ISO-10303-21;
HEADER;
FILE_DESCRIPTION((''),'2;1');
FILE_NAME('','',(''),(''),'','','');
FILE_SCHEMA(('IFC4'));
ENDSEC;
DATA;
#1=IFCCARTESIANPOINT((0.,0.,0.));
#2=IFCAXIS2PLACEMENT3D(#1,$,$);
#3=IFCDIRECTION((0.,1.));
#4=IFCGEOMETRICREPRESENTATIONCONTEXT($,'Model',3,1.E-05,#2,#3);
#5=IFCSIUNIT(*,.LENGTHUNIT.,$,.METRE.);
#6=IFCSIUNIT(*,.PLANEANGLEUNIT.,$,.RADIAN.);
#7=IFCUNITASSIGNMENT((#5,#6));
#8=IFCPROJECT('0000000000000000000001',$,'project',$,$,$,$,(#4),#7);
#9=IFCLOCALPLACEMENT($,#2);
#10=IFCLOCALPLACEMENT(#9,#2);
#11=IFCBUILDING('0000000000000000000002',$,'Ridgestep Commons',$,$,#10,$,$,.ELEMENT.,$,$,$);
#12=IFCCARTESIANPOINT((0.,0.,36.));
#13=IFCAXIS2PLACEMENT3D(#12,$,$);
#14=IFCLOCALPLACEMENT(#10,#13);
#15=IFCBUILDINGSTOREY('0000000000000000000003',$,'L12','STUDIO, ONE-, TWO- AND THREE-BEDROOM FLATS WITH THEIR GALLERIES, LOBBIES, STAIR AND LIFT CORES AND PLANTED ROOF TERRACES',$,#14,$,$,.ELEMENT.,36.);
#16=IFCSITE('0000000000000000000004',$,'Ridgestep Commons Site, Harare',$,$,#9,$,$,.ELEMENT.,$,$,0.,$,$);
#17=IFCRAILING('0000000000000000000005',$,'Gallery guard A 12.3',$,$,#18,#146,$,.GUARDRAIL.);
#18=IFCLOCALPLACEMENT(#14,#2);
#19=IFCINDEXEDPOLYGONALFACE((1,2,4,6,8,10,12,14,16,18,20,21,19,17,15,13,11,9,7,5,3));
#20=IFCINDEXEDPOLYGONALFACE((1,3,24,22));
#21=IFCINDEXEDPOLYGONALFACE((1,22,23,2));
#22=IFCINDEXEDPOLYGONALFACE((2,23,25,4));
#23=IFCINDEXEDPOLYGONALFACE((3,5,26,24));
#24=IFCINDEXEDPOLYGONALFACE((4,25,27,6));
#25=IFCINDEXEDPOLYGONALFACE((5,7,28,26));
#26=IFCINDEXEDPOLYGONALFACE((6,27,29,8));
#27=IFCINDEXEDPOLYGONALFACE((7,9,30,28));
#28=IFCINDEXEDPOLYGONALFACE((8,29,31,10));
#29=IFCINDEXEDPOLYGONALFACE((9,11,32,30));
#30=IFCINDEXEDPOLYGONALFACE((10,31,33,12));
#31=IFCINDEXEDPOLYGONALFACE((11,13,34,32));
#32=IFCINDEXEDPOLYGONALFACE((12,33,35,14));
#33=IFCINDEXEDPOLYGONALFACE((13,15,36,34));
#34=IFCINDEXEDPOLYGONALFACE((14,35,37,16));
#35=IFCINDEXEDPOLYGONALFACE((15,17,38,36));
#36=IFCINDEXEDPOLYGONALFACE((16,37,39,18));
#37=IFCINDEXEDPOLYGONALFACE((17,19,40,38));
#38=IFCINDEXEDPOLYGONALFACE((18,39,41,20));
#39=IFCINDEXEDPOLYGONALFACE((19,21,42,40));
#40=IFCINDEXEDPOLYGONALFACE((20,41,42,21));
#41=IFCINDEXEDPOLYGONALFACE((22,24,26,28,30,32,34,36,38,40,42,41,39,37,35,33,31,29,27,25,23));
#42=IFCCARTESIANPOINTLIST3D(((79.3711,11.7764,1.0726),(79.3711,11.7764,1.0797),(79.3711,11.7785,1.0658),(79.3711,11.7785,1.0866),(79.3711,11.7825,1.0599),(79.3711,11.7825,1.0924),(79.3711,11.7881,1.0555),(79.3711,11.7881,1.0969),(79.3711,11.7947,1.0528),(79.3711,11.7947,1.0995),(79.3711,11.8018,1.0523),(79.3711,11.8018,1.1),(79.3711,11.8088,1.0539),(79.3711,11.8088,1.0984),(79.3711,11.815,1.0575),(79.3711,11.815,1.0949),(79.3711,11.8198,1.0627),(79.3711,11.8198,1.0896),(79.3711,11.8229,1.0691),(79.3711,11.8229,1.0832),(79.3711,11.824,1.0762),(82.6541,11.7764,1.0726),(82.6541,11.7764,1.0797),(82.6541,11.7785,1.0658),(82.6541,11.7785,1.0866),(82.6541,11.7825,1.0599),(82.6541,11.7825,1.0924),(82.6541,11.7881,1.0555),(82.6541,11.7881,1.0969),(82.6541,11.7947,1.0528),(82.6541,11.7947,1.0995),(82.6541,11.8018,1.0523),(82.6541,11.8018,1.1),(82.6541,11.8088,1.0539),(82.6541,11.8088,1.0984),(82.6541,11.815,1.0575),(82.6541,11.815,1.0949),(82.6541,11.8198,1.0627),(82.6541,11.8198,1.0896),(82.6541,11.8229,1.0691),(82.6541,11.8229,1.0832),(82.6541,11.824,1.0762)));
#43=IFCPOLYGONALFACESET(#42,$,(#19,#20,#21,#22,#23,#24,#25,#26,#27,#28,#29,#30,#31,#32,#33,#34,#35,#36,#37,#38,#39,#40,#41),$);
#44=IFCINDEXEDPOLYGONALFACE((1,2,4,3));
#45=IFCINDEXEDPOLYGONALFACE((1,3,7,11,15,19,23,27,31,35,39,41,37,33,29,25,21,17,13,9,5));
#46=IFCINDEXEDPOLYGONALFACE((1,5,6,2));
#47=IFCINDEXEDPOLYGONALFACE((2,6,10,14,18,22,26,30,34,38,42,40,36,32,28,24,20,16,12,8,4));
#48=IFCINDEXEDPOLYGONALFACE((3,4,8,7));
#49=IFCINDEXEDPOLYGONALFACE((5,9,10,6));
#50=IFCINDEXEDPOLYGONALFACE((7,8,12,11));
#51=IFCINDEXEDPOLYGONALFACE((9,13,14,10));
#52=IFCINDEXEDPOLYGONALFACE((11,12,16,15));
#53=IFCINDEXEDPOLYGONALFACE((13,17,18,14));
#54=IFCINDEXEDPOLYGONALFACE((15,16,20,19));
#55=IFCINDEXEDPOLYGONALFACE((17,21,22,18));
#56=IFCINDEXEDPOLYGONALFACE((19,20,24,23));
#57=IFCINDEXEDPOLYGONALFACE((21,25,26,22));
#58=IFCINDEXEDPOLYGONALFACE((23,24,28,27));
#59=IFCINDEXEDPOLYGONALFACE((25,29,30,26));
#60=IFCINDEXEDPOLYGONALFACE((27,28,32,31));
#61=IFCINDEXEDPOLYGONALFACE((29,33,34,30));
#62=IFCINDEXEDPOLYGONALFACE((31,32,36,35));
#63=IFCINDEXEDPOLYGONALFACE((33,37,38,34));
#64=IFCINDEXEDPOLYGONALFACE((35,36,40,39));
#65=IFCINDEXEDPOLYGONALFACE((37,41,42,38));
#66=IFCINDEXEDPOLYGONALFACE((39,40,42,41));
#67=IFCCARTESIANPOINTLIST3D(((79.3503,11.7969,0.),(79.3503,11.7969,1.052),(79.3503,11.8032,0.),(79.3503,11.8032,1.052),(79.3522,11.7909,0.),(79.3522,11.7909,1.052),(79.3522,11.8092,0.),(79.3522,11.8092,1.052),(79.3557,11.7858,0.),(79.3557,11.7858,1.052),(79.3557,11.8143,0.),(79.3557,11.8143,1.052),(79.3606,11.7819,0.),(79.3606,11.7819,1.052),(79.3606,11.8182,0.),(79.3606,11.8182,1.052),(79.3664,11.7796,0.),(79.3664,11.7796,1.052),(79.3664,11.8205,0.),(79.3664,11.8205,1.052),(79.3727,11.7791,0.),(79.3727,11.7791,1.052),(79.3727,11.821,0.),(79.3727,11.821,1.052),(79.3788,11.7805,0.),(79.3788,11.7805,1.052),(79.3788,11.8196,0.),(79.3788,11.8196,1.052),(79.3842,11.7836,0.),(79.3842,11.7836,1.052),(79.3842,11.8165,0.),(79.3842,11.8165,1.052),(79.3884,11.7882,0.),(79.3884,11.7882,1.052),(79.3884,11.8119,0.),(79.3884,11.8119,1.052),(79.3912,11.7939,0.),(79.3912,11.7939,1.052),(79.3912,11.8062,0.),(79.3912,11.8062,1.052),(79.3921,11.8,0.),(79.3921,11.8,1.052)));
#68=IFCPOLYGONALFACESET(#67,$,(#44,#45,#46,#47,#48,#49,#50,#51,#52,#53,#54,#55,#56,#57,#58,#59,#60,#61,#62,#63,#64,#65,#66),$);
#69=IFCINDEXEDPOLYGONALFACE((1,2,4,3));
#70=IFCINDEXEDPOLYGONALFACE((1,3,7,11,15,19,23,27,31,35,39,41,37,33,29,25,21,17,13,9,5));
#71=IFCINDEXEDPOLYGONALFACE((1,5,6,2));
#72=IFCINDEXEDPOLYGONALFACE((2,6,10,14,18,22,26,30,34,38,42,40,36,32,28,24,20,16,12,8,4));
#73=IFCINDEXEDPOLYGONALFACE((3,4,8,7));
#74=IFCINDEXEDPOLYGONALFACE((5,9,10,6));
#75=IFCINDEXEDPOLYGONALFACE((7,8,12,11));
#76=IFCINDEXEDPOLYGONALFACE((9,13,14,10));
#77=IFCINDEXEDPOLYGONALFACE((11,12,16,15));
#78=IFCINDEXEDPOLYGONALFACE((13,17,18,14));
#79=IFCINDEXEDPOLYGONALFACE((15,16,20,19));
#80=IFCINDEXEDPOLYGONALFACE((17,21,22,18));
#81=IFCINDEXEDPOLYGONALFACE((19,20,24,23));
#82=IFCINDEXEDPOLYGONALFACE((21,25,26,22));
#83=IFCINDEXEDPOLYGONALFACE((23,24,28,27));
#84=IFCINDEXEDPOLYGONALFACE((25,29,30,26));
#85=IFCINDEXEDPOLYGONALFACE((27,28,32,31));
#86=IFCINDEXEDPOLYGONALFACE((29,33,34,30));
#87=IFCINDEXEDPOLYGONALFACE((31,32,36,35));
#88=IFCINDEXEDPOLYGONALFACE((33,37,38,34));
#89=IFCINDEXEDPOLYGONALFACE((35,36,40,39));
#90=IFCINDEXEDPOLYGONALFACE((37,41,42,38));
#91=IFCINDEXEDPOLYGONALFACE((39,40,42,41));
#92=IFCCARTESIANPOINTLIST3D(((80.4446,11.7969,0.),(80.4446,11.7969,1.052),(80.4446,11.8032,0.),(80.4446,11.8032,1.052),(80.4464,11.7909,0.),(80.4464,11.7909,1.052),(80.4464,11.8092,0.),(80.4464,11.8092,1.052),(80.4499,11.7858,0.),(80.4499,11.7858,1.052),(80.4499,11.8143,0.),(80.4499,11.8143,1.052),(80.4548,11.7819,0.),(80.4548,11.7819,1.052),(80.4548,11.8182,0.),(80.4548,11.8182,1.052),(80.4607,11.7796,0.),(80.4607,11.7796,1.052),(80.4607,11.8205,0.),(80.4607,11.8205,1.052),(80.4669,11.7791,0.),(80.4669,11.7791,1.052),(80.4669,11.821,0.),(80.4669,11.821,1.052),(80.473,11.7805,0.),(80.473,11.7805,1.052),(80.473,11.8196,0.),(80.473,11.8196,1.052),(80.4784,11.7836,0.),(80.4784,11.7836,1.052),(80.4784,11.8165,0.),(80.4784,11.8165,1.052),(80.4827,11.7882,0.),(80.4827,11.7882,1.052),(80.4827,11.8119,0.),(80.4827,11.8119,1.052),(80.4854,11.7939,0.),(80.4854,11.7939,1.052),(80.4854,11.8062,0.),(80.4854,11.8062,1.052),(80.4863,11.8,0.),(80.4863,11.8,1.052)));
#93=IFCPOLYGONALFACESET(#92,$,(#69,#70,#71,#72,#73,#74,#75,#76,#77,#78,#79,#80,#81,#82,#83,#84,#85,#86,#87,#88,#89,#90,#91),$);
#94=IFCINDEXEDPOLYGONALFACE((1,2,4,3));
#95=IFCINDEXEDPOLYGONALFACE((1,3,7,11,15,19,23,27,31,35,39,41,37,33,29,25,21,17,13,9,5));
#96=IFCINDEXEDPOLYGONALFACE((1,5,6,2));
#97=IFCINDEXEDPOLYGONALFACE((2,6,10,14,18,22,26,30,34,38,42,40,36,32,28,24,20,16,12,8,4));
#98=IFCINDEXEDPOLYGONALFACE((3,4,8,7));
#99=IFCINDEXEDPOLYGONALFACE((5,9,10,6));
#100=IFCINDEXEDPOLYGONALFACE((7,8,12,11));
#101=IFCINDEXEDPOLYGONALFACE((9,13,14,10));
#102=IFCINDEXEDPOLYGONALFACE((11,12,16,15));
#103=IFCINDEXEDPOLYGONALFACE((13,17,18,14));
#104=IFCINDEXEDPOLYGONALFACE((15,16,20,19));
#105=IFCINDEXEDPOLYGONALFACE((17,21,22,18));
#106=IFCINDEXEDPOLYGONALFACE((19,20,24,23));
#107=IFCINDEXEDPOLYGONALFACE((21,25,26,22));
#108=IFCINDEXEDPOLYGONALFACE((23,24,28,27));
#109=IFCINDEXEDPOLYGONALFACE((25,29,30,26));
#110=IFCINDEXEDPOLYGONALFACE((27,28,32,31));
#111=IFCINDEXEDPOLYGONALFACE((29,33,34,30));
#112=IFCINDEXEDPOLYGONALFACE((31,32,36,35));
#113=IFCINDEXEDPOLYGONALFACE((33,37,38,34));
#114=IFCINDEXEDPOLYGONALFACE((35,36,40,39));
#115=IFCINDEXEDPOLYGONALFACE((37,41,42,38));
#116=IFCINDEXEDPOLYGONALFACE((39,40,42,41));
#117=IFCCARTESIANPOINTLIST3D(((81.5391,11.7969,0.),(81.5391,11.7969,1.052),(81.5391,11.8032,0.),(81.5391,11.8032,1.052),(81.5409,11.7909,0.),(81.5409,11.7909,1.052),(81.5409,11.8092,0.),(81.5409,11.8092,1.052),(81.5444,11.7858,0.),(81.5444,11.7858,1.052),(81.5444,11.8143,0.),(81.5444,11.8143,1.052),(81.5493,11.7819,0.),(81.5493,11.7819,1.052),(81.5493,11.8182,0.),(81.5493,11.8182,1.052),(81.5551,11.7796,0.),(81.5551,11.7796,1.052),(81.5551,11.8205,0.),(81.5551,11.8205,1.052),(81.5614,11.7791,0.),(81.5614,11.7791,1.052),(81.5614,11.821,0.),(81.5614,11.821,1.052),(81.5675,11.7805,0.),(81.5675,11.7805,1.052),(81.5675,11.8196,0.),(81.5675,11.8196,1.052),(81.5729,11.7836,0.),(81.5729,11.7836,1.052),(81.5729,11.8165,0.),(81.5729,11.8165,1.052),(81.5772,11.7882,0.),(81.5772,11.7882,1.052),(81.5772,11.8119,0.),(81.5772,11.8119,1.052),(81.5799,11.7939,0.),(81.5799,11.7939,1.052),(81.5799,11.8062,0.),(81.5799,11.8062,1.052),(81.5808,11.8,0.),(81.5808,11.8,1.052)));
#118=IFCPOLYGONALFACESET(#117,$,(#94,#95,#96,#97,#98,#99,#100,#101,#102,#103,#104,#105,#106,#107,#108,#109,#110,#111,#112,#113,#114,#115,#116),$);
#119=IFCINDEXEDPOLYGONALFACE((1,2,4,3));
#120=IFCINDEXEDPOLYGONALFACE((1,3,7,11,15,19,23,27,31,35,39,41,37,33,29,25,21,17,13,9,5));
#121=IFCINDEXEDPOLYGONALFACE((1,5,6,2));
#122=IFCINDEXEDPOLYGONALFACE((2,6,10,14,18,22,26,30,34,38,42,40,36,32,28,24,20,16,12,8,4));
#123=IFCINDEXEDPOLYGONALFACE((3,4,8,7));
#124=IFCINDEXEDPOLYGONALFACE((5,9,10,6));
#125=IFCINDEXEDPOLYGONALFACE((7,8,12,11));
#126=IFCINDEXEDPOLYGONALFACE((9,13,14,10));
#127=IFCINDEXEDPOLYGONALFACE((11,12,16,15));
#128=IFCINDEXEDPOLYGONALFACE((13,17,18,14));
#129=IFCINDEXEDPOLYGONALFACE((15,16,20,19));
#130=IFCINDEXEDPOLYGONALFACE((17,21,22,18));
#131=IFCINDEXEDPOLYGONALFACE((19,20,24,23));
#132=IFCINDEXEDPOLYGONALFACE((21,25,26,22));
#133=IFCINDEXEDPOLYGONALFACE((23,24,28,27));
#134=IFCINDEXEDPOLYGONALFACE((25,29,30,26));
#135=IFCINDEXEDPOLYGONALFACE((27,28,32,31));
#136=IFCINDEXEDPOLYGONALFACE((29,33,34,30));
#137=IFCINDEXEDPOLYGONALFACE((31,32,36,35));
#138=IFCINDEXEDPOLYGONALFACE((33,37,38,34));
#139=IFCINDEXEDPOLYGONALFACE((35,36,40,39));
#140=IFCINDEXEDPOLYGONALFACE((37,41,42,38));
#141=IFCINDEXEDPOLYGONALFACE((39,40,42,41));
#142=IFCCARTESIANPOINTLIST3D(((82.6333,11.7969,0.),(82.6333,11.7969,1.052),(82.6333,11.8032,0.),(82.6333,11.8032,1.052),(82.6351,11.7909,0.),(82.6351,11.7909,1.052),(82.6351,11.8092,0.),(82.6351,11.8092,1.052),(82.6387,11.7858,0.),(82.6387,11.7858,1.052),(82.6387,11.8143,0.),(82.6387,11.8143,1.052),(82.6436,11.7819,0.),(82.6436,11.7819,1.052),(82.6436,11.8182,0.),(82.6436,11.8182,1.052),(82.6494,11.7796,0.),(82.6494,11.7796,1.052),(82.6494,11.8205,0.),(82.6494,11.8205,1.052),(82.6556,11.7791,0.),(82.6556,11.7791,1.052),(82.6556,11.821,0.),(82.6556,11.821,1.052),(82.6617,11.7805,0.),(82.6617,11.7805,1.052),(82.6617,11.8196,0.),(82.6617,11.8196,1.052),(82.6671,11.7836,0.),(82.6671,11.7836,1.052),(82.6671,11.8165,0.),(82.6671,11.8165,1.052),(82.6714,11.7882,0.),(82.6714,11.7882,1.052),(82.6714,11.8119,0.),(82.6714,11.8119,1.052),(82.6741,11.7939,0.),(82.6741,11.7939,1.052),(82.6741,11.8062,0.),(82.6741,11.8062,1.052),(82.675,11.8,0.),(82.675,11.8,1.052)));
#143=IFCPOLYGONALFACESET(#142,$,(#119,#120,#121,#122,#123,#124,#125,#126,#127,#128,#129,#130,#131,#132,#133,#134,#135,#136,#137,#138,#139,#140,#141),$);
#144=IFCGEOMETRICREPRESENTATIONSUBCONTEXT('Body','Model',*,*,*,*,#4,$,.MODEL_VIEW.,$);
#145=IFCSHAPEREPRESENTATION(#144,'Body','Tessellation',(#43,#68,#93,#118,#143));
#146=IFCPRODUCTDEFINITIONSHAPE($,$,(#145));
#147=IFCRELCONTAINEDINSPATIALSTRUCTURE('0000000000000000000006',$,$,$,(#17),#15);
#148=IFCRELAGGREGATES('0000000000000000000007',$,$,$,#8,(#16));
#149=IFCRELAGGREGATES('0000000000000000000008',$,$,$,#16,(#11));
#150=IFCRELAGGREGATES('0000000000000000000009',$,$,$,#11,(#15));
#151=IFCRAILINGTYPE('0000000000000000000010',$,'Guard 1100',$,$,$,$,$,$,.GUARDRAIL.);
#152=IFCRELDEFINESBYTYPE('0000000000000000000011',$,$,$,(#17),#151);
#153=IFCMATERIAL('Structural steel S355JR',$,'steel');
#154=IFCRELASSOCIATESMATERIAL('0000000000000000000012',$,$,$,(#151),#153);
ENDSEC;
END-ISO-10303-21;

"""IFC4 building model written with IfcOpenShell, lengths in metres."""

from ifc_helpers import new_model, si_unit, direction, frame, origin, origin_2d, place, context, subcontext, project, spatial, circle, extrude, material, type_object, element, save


model = new_model("IFC4")

# Units and contexts
model_context = context("Model", 3, precision=1e-05, world=origin(), true_north=direction((0.0, 1.0)))
body_context = subcontext(model_context, "Body", "Model", "MODEL_VIEW")
ifc_project = project(units=[si_unit("LENGTHUNIT", "METRE"), si_unit("PLANEANGLEUNIT", "RADIAN")], contexts=[model_context])

# Site, building, storey
site_placement = place(None, origin())
site = spatial("IfcSite", under=ifc_project, at=site_placement, Name="Ridgestep Commons Site, Harare", CompositionType="ELEMENT", RefElevation=0.0)
building_placement = place(site_placement, origin())
building = spatial("IfcBuilding", under=site, at=building_placement, Name="Ridgestep Commons", CompositionType="ELEMENT")
storey_placement = place(building_placement, frame((0.0, 0.0, 36.0)))
storey = spatial("IfcBuildingStorey", under=building, at=storey_placement, Name="L12", Description="STUDIO, ONE-, TWO- AND THREE-BEDROOM FLATS WITH THEIR GALLERIES, LOBBIES, STAIR AND LIFT CORES AND PLANTED ROOF TERRACES", CompositionType="ELEMENT", Elevation=36.0)

# Railing
ifc_material_1 = material(Name="Structural steel S355JR", Category="steel")
railing_type = type_object("IfcRailingType", Name="Guard 1100", PredefinedType="GUARDRAIL", material=ifc_material_1)
railing_1_placement = place(storey_placement, frame((79.3711, 11.8, 0.0)))
element("IfcRailing", 1, at=railing_1_placement, inside=storey, type_object=railing_type, Name="Gallery guard A 12.3", PredefinedType="GUARDRAIL", context=body_context, shape_type="SweptSolid", body=[
    extrude(circle(Radius=0.0239, at=origin_2d()), frame((0.0, 0.0, 1.0762), z_axis=(1.0, 0.0, 0.0), x_axis=(0.0, 1.0, 0.0)), (0.0, 0.0, 1.0), 3.283),
    extrude(circle(Radius=0.021, at=origin_2d()), origin(), (0.0, 0.0, 1.0), 1.052),
    extrude(circle(Radius=0.021, at=origin_2d()), frame((1.0942, 0.0, 0.0)), (0.0, 0.0, 1.0), 1.052),
    extrude(circle(Radius=0.021, at=origin_2d()), frame((2.1887, 0.0, 0.0)), (0.0, 0.0, 1.0), 1.052),
    extrude(circle(Radius=0.021, at=origin_2d()), frame((3.283, 0.0, 0.0)), (0.0, 0.0, 1.0), 1.052),
])

save(model, "model.ifc")
